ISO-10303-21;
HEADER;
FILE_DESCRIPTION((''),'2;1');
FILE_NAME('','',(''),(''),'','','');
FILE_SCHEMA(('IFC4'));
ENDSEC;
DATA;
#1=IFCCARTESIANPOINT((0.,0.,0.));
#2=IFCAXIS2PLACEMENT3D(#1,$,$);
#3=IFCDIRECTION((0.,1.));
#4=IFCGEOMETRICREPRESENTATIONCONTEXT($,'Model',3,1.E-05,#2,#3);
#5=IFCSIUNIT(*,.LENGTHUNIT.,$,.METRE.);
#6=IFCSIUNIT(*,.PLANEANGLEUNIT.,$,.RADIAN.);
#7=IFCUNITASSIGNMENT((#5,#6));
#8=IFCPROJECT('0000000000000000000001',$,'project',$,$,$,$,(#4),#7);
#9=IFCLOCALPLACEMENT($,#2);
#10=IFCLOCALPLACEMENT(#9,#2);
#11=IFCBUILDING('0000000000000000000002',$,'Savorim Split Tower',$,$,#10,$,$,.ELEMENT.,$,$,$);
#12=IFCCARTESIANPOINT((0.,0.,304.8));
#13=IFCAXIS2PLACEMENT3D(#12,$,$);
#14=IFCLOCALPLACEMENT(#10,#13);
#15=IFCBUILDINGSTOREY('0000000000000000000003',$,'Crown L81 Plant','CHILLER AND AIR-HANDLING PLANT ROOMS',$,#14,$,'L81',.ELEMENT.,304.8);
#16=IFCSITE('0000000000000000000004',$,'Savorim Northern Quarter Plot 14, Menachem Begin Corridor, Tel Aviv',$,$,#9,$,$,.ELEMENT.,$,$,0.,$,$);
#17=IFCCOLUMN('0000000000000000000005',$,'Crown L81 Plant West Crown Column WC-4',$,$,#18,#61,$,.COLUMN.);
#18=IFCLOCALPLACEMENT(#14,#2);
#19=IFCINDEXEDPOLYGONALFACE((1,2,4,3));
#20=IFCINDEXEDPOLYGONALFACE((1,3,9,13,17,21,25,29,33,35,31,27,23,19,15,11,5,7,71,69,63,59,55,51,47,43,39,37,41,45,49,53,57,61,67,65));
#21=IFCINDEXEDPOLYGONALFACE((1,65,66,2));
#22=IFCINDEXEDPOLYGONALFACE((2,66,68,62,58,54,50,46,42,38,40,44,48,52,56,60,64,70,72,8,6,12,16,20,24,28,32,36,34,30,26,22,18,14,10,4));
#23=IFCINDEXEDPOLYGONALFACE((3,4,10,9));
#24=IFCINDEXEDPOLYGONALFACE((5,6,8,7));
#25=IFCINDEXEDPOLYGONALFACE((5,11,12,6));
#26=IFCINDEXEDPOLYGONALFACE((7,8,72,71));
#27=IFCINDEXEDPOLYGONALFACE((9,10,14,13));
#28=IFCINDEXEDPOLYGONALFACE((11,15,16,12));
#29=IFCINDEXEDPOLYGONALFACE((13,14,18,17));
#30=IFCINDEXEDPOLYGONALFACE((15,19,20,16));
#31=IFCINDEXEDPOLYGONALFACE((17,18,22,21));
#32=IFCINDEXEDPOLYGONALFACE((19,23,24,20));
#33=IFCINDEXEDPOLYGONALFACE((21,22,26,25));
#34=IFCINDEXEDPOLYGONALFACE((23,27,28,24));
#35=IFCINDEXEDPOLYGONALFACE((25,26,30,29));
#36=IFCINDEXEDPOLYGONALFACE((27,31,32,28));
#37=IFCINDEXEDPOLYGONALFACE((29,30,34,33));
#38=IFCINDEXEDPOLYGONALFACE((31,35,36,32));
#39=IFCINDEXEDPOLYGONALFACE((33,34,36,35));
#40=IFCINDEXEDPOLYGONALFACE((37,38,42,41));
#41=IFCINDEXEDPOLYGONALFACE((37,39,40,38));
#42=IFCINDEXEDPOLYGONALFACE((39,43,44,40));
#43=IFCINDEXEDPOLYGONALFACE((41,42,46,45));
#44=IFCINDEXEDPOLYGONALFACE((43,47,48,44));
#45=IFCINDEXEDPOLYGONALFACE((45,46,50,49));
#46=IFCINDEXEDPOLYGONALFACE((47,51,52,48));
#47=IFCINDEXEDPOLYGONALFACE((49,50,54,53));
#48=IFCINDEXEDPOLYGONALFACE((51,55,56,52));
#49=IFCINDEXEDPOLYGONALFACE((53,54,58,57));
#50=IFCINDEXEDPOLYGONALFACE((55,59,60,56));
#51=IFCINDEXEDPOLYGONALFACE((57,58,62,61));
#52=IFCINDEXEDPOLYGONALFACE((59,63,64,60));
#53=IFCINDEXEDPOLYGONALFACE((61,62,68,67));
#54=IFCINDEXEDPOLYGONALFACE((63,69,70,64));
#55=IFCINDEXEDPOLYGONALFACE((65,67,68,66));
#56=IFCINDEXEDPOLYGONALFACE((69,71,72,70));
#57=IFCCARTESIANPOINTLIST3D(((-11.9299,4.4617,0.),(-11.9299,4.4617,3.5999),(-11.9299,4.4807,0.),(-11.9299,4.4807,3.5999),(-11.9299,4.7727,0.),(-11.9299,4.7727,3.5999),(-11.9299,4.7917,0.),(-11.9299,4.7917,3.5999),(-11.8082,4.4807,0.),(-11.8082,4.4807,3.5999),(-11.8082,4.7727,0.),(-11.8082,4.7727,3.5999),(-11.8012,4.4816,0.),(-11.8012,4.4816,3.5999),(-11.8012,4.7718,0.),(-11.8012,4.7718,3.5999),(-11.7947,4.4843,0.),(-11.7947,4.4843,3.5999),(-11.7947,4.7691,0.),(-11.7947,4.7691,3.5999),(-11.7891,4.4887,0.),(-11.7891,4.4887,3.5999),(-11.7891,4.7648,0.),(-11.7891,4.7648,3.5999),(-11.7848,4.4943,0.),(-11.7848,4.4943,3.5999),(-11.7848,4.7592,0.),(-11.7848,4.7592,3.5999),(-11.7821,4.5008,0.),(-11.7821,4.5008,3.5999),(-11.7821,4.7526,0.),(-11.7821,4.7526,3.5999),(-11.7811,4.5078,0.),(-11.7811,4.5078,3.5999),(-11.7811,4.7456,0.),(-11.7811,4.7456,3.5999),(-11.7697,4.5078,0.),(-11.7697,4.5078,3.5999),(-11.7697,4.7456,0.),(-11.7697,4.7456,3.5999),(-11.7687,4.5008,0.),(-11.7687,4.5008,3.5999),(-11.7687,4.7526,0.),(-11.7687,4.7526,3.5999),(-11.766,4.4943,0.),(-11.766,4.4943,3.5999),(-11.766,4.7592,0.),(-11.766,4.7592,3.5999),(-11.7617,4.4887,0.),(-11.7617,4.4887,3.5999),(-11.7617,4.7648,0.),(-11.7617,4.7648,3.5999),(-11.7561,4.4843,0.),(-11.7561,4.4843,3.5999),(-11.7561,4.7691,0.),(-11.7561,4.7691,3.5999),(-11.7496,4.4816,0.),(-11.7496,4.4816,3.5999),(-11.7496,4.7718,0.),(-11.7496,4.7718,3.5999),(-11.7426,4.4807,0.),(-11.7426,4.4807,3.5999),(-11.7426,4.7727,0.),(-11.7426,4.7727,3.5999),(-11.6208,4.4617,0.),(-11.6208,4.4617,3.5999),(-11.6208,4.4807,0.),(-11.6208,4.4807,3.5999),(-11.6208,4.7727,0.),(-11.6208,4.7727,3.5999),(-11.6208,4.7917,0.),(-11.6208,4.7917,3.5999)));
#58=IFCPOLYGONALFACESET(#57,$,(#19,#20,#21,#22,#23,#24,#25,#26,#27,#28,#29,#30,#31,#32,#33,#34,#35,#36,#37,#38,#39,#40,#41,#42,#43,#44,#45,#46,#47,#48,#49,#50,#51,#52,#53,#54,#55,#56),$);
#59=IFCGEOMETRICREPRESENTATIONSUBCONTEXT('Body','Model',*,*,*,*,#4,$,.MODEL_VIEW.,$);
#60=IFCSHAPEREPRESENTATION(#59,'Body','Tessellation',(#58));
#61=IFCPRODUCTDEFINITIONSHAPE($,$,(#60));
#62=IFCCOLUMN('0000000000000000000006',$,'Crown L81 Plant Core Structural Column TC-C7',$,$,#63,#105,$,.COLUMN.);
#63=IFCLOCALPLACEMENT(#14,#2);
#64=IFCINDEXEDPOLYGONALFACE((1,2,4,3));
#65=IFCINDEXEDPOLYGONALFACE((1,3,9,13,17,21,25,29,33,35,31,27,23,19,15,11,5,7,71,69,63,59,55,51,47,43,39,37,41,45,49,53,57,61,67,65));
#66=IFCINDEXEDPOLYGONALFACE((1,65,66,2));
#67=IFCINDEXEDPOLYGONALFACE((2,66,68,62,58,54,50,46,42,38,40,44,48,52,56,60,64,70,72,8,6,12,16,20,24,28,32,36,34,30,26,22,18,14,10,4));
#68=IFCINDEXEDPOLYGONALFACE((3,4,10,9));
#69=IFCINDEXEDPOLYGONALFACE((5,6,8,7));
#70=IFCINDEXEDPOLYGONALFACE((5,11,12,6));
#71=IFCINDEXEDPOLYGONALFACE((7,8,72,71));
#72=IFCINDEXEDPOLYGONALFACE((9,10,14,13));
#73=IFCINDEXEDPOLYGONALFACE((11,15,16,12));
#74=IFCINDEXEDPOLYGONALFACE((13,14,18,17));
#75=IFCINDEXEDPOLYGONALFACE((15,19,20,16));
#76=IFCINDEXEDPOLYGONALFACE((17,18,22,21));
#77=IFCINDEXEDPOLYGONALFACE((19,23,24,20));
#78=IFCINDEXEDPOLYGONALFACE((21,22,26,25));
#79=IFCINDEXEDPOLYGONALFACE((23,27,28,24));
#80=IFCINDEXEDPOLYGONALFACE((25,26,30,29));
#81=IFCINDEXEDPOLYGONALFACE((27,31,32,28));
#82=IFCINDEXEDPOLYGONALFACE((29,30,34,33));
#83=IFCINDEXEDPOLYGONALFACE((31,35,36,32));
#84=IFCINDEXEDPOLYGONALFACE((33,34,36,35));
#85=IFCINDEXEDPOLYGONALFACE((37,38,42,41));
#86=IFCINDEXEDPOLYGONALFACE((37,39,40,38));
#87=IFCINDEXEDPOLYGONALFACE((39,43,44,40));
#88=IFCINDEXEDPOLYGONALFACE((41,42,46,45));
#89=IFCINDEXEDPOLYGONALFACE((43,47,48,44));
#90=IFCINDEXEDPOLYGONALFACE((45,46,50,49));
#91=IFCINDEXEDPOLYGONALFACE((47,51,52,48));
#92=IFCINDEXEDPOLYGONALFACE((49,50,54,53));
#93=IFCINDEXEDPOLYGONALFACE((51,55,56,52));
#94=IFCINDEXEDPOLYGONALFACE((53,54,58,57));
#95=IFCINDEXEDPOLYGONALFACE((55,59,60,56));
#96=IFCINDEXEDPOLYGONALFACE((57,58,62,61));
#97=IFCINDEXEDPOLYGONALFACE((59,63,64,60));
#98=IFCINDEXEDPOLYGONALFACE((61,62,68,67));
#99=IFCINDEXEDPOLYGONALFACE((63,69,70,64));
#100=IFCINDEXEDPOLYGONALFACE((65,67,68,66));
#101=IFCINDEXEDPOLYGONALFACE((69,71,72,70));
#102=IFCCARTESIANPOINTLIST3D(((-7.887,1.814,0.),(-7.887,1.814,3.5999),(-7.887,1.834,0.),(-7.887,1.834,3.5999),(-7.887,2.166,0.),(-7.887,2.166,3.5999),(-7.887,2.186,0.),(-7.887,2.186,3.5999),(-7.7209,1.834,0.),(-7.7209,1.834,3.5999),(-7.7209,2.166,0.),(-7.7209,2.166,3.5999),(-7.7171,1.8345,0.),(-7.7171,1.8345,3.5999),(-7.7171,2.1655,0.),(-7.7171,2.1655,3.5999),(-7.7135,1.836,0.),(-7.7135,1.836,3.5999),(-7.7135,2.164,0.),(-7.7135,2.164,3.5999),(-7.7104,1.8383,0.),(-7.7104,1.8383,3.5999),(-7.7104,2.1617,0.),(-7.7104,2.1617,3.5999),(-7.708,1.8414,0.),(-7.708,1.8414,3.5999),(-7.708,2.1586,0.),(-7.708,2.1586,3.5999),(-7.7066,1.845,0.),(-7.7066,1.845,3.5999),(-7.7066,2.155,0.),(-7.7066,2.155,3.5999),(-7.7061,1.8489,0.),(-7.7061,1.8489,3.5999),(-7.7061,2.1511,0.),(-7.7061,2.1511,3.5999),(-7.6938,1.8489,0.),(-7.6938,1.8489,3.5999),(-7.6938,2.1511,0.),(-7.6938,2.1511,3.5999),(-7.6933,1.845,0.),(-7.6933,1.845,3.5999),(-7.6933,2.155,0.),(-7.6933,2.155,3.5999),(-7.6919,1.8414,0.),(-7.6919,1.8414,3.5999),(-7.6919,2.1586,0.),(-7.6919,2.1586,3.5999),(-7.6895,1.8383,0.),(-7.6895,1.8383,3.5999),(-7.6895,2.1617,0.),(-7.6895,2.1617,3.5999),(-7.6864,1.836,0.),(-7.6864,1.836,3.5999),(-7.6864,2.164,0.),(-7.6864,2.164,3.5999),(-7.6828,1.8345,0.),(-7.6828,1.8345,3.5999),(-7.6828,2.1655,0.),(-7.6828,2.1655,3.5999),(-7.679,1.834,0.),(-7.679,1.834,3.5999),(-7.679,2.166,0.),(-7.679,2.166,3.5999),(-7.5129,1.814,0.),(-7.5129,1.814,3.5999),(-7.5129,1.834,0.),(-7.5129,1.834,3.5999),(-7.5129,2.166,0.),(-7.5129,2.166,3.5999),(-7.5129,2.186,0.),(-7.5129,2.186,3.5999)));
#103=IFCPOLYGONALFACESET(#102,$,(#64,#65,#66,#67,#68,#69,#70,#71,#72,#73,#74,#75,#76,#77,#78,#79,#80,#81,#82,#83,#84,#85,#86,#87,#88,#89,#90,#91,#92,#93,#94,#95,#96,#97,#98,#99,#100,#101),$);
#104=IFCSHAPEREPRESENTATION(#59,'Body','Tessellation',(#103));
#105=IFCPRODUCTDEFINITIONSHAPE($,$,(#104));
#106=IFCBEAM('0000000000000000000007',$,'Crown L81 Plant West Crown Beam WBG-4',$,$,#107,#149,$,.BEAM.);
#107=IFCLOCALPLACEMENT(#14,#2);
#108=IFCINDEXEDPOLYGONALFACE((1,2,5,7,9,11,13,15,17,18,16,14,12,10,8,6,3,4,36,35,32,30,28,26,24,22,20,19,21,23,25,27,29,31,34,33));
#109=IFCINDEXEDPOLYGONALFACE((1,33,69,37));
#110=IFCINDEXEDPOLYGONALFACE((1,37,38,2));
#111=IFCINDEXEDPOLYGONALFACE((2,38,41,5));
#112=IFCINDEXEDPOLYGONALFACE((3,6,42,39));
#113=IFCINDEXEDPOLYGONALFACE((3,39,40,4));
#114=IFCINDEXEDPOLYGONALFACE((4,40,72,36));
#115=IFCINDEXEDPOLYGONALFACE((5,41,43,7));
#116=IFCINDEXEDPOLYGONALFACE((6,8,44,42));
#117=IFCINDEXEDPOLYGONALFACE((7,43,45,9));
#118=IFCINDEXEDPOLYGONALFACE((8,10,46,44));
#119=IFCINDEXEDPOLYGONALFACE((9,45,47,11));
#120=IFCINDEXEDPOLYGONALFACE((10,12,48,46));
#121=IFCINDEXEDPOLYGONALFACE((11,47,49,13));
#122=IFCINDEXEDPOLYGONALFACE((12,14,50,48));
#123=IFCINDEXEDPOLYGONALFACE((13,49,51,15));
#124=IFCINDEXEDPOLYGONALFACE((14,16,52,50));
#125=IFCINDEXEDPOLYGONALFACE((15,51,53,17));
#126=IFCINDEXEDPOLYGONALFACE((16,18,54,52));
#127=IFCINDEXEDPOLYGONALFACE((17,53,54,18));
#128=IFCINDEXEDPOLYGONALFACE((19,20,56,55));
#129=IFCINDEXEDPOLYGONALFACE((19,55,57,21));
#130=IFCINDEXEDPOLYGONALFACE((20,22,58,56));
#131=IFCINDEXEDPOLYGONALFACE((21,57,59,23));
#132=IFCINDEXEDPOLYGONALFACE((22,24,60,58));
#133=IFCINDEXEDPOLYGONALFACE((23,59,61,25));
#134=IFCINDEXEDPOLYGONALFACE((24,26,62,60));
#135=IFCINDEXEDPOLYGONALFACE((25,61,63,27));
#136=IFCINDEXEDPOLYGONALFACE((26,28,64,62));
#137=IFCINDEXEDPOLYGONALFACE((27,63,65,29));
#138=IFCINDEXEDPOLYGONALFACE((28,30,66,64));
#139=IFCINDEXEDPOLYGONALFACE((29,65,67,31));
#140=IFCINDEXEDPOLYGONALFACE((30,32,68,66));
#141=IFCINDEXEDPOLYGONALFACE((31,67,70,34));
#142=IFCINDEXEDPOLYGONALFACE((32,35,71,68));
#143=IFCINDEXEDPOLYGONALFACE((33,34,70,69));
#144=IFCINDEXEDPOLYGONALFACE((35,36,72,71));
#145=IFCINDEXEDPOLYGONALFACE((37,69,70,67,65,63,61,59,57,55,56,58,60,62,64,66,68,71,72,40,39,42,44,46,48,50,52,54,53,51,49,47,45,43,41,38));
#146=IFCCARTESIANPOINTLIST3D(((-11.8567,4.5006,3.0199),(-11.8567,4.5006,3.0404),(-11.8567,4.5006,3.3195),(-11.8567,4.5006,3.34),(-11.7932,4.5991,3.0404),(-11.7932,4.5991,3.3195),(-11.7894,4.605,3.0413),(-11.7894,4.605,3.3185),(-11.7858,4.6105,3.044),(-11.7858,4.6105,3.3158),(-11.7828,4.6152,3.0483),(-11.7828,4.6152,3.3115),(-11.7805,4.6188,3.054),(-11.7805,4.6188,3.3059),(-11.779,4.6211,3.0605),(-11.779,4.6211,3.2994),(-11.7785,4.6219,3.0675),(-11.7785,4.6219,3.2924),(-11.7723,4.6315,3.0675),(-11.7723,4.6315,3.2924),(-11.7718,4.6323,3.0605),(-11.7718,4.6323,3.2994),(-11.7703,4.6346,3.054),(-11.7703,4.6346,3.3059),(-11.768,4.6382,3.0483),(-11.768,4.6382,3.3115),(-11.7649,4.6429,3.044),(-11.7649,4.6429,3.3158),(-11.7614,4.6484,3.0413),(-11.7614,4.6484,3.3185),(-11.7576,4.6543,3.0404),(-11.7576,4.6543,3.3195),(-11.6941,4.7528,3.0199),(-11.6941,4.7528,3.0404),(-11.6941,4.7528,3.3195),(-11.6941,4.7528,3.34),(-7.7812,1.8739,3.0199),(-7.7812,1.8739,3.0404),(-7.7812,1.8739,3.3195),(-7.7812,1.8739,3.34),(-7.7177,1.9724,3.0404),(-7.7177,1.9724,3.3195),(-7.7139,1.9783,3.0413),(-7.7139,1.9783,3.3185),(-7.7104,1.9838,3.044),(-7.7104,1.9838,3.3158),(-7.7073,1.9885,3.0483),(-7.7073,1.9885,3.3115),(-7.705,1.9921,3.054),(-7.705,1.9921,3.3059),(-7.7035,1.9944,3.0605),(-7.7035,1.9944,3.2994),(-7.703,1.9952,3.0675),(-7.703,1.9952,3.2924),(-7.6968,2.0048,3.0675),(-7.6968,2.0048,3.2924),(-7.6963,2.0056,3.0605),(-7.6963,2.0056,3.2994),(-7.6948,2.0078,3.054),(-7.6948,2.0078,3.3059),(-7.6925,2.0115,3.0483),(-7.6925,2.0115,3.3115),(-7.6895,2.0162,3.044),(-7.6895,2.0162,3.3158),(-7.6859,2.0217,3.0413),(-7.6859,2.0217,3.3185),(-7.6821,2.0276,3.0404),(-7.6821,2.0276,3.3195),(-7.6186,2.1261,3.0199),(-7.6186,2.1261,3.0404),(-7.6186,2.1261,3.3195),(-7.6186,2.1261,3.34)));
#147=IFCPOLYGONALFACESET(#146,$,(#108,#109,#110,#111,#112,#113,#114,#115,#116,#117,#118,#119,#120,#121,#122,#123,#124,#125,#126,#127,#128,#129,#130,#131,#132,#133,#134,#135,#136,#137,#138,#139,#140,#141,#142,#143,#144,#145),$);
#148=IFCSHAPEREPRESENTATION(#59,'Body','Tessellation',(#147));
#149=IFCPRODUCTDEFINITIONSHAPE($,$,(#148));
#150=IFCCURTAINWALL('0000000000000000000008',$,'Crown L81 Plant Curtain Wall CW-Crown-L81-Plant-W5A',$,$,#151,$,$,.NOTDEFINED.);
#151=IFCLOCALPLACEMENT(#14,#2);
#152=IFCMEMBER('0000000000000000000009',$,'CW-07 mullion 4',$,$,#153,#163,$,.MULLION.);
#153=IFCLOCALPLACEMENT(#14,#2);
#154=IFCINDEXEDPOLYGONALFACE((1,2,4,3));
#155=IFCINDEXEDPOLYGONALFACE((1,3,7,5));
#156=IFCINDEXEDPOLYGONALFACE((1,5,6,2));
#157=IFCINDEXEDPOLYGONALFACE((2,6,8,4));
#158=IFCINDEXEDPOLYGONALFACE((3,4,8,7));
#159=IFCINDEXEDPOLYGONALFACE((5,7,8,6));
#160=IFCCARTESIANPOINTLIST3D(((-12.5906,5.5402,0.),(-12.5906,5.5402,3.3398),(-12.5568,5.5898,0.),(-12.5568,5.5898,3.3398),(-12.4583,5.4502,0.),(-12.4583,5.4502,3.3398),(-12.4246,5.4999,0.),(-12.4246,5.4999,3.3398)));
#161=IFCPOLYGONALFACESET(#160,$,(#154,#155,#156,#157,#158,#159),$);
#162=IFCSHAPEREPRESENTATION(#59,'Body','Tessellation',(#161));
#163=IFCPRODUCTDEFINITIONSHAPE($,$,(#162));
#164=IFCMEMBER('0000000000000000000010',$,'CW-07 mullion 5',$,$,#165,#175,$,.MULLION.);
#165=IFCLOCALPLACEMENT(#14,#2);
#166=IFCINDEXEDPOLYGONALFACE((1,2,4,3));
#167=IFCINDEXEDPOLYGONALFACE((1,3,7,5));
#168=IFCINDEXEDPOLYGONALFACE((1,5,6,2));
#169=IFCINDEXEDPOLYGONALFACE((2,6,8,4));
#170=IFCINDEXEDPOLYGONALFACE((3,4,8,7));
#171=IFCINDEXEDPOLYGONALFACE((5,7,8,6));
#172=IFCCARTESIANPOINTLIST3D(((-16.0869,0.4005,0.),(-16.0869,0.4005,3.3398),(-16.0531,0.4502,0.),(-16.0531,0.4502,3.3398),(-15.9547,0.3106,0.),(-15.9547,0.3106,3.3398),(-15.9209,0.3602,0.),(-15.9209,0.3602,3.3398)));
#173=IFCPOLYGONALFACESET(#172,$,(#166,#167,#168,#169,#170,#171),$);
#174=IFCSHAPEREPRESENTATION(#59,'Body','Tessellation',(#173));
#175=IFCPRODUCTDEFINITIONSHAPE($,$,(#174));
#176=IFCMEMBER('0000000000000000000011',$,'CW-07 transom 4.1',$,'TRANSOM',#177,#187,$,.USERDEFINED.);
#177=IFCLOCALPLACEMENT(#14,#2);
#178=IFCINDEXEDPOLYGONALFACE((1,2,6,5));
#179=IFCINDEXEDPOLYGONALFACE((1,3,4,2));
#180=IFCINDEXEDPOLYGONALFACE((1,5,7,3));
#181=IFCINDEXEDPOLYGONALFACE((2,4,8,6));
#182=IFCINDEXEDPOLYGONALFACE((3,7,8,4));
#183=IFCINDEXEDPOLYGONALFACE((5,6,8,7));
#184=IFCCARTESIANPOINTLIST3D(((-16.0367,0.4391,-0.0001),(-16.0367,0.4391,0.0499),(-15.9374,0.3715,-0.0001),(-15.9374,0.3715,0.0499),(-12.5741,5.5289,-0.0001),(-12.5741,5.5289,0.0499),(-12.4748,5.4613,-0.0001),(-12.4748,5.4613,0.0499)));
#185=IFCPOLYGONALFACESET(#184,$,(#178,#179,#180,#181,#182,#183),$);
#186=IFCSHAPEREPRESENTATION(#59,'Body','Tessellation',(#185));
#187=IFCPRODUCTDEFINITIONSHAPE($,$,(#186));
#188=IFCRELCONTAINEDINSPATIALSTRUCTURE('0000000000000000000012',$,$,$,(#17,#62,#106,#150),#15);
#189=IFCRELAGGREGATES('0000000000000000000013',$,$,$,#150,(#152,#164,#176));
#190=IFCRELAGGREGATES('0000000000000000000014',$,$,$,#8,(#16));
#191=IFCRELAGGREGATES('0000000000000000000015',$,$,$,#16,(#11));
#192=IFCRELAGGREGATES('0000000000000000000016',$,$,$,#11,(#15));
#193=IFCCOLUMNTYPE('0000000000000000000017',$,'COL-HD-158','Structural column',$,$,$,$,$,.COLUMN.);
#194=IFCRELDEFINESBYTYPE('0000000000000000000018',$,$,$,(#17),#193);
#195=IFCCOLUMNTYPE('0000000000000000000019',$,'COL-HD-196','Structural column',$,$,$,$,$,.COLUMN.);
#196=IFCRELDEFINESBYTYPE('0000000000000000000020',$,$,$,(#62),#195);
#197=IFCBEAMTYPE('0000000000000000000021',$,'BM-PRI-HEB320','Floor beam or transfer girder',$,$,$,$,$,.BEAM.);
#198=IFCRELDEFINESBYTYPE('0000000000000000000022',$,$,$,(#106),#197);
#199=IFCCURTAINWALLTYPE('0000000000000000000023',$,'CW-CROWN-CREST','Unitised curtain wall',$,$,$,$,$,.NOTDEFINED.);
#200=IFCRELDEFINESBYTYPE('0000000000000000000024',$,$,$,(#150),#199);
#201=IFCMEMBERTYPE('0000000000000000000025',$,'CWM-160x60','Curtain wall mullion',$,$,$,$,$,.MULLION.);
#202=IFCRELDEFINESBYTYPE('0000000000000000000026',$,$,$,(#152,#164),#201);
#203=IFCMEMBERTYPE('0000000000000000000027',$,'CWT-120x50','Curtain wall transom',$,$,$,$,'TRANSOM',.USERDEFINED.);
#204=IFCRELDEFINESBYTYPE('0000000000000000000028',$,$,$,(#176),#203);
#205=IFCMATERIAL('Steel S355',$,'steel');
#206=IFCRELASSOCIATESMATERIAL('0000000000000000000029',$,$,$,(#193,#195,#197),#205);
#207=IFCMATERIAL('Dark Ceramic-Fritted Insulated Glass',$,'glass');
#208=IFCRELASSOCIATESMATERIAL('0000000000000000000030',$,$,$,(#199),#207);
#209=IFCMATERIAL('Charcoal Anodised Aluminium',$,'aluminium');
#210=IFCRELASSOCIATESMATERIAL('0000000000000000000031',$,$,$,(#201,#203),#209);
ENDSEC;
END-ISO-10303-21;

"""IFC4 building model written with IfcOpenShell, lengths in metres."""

from ifc_helpers import new_model, si_unit, direction, frame, origin, origin_2d, place, context, subcontext, project, spatial, rectangle, i_section, extrude, material, material_profile, profile_set, type_object, element, aggregate, save


model = new_model("IFC4")

# Units and contexts
model_context = context("Model", 3, precision=1e-05, world=origin(), true_north=direction((0.0, 1.0)))
body_context = subcontext(model_context, "Body", "Model", "MODEL_VIEW")
ifc_project = project(units=[si_unit("LENGTHUNIT", "METRE"), si_unit("PLANEANGLEUNIT", "RADIAN")], contexts=[model_context])

# Site, building, storey
site_placement = place(None, origin())
site = spatial("IfcSite", under=ifc_project, at=site_placement, Name="Savorim Northern Quarter Plot 14, Menachem Begin Corridor, Tel Aviv", CompositionType="ELEMENT", RefElevation=0.0)
building_placement = place(site_placement, origin())
building = spatial("IfcBuilding", under=site, at=building_placement, Name="Savorim Split Tower", CompositionType="ELEMENT")
storey_placement = place(building_placement, frame((0.0, 0.0, 304.8)))
storey = spatial("IfcBuildingStorey", under=building, at=storey_placement, Name="Crown L81 Plant", Description="CHILLER AND AIR-HANDLING PLANT ROOMS", LongName="L81", CompositionType="ELEMENT", Elevation=304.8)

# Columns
ifc_material_1 = material(Name="Steel S355", Category="steel")
ifc_material_profile_1 = material_profile(ifc_material_1, i_section(OverallWidth=0.3091, OverallDepth=0.3301, WebThickness=0.0115, FlangeThickness=0.019, FilletRadius=0.0271, at=origin_2d()), Name="HD 320x158")
ifc_profile_set_1 = profile_set([ifc_material_profile_1], Name="Steel S355")
column_type_1 = type_object("IfcColumnType", Name="COL-HD-158", Description="Structural column", PredefinedType="COLUMN", material=ifc_profile_set_1)
column_1_placement = place(storey_placement, frame((-11.7754, 4.6267, 0.0), z_axis=(0.0, 0.0, 1.0), x_axis=(1.0, 0.0, 0.0)))
element("IfcColumn", 1, at=column_1_placement, inside=storey, type_object=column_type_1, Name="Crown L81 Plant West Crown Column WC-4", PredefinedType="COLUMN", context=body_context, shape_type="SweptSolid", body=[
    extrude(i_section(OverallWidth=0.3091, OverallDepth=0.3301, WebThickness=0.0115, FlangeThickness=0.019, FilletRadius=0.0271, at=origin_2d()), origin(), (0.0, 0.0, 1.0), 3.5999),
])
ifc_material_profile_2 = material_profile(ifc_material_1, i_section(OverallWidth=0.374, OverallDepth=0.3721, WebThickness=0.0122, FlangeThickness=0.02, FilletRadius=0.0149, at=origin_2d()), Name="HD 360x196")
ifc_profile_set_2 = profile_set([ifc_material_profile_2], Name="Steel S355")
column_type_2 = type_object("IfcColumnType", Name="COL-HD-196", Description="Structural column", PredefinedType="COLUMN", material=ifc_profile_set_2)
column_2_placement = place(storey_placement, frame((-7.7, 2.0, 0.0), z_axis=(0.0, 0.0, 1.0), x_axis=(1.0, 0.0, 0.0)))
element("IfcColumn", 2, at=column_2_placement, inside=storey, type_object=column_type_2, Name="Crown L81 Plant Core Structural Column TC-C7", PredefinedType="COLUMN", context=body_context, shape_type="SweptSolid", body=[
    extrude(i_section(OverallWidth=0.374, OverallDepth=0.3721, WebThickness=0.0122, FlangeThickness=0.02, FilletRadius=0.0149, at=origin_2d()), origin(), (0.0, 0.0, 1.0), 3.5999),
])

# Beam
ifc_material_profile_3 = material_profile(ifc_material_1, i_section(OverallWidth=0.3, OverallDepth=0.3201, WebThickness=0.0115, FlangeThickness=0.0205, FilletRadius=0.0271, at=origin_2d()), Name="HEB 320")
ifc_profile_set_3 = profile_set([ifc_material_profile_3], Name="Steel S355")
beam_type = type_object("IfcBeamType", Name="BM-PRI-HEB320", Description="Floor beam or transfer girder", PredefinedType="BEAM", material=ifc_profile_set_3)
beam_placement = place(storey_placement, frame((-11.7754, 4.6267, 3.1799), z_axis=(0.840541, -0.541747, 0.0), x_axis=(0.541747, 0.840541, 0.0)))
element("IfcBeam", 3, at=beam_placement, inside=storey, type_object=beam_type, Name="Crown L81 Plant West Crown Beam WBG-4", PredefinedType="BEAM", context=body_context, shape_type="SweptSolid", body=[
    extrude(i_section(OverallWidth=0.3, OverallDepth=0.3201, WebThickness=0.0115, FlangeThickness=0.0205, FilletRadius=0.0271, at=origin_2d()), origin(), (0.0, 0.0, 1.0), 4.8486),
])

# Curtain wall, members
ifc_material_2 = material(Name="Dark Ceramic-Fritted Insulated Glass", Category="glass")
curtain_wall_type = type_object("IfcCurtainWallType", Name="CW-CROWN-CREST", Description="Unitised curtain wall", PredefinedType="NOTDEFINED", material=ifc_material_2)
curtain_wall_placement = place(storey_placement, origin())
curtain_wall = element("IfcCurtainWall", 4, at=curtain_wall_placement, inside=storey, type_object=curtain_wall_type, Name="Crown L81 Plant Curtain Wall CW-Crown-L81-Plant-W5A", PredefinedType="NOTDEFINED")
ifc_material_3 = material(Name="Charcoal Anodised Aluminium", Category="aluminium")
ifc_material_profile_4 = material_profile(ifc_material_3, rectangle(XDim=0.1599, YDim=0.0601, at=origin_2d()), Name="ALU-M 160x60")
ifc_profile_set_4 = profile_set([ifc_material_profile_4], Name="Charcoal Anodised Aluminium")
member_type_1 = type_object("IfcMemberType", Name="CWM-160x60", Description="Curtain wall mullion", PredefinedType="MULLION", material=ifc_profile_set_4)
member_1_placement = place(storey_placement, frame((-12.5076, 5.52, 0.0), z_axis=(0.0, 0.0, 1.0), x_axis=(0.82682, -0.562467, 0.0)))
member_1 = element("IfcMember", 5, at=member_1_placement, type_object=member_type_1, Name="CW-07 mullion 4", PredefinedType="MULLION", context=body_context, shape_type="SweptSolid", body=[
    extrude(rectangle(XDim=0.1599, YDim=0.0601, at=origin_2d()), origin(), (0.0, 0.0, 1.0), 3.3398),
])
member_2_placement = place(storey_placement, frame((-16.0039, 0.3804, 0.0), z_axis=(0.0, 0.0, 1.0), x_axis=(0.82682, -0.562467, 0.0)))
member_2 = element("IfcMember", 6, at=member_2_placement, type_object=member_type_1, Name="CW-07 mullion 5", PredefinedType="MULLION", context=body_context, shape_type="SweptSolid", body=[
    extrude(rectangle(XDim=0.1599, YDim=0.0601, at=origin_2d()), origin(), (0.0, 0.0, 1.0), 3.3398),
])
ifc_material_profile_5 = material_profile(ifc_material_3, rectangle(XDim=0.1201, YDim=0.05, at=origin_2d()), Name="ALU-T 120x50")
ifc_profile_set_5 = profile_set([ifc_material_profile_5], Name="Charcoal Anodised Aluminium")
member_type_2 = type_object("IfcMemberType", Name="CWT-120x50", Description="Curtain wall transom", ElementType="TRANSOM", PredefinedType="USERDEFINED", material=ifc_profile_set_5)
member_3_placement = place(storey_placement, frame((-12.5244, 5.4951, 0.0249), z_axis=(-0.562482, -0.826809, 0.0), x_axis=(0.826809, -0.562482, 0.0)))
member_3 = element("IfcMember", 7, at=member_3_placement, type_object=member_type_2, Name="CW-07 transom 4.1", ObjectType="TRANSOM", PredefinedType="USERDEFINED", context=body_context, shape_type="SweptSolid", body=[
    extrude(rectangle(XDim=0.1201, YDim=0.05, at=origin_2d()), origin(), (0.0, 0.0, 1.0), 6.156),
])
aggregate(curtain_wall, [member_1, member_2, member_3])

save(model, "model.ifc")
